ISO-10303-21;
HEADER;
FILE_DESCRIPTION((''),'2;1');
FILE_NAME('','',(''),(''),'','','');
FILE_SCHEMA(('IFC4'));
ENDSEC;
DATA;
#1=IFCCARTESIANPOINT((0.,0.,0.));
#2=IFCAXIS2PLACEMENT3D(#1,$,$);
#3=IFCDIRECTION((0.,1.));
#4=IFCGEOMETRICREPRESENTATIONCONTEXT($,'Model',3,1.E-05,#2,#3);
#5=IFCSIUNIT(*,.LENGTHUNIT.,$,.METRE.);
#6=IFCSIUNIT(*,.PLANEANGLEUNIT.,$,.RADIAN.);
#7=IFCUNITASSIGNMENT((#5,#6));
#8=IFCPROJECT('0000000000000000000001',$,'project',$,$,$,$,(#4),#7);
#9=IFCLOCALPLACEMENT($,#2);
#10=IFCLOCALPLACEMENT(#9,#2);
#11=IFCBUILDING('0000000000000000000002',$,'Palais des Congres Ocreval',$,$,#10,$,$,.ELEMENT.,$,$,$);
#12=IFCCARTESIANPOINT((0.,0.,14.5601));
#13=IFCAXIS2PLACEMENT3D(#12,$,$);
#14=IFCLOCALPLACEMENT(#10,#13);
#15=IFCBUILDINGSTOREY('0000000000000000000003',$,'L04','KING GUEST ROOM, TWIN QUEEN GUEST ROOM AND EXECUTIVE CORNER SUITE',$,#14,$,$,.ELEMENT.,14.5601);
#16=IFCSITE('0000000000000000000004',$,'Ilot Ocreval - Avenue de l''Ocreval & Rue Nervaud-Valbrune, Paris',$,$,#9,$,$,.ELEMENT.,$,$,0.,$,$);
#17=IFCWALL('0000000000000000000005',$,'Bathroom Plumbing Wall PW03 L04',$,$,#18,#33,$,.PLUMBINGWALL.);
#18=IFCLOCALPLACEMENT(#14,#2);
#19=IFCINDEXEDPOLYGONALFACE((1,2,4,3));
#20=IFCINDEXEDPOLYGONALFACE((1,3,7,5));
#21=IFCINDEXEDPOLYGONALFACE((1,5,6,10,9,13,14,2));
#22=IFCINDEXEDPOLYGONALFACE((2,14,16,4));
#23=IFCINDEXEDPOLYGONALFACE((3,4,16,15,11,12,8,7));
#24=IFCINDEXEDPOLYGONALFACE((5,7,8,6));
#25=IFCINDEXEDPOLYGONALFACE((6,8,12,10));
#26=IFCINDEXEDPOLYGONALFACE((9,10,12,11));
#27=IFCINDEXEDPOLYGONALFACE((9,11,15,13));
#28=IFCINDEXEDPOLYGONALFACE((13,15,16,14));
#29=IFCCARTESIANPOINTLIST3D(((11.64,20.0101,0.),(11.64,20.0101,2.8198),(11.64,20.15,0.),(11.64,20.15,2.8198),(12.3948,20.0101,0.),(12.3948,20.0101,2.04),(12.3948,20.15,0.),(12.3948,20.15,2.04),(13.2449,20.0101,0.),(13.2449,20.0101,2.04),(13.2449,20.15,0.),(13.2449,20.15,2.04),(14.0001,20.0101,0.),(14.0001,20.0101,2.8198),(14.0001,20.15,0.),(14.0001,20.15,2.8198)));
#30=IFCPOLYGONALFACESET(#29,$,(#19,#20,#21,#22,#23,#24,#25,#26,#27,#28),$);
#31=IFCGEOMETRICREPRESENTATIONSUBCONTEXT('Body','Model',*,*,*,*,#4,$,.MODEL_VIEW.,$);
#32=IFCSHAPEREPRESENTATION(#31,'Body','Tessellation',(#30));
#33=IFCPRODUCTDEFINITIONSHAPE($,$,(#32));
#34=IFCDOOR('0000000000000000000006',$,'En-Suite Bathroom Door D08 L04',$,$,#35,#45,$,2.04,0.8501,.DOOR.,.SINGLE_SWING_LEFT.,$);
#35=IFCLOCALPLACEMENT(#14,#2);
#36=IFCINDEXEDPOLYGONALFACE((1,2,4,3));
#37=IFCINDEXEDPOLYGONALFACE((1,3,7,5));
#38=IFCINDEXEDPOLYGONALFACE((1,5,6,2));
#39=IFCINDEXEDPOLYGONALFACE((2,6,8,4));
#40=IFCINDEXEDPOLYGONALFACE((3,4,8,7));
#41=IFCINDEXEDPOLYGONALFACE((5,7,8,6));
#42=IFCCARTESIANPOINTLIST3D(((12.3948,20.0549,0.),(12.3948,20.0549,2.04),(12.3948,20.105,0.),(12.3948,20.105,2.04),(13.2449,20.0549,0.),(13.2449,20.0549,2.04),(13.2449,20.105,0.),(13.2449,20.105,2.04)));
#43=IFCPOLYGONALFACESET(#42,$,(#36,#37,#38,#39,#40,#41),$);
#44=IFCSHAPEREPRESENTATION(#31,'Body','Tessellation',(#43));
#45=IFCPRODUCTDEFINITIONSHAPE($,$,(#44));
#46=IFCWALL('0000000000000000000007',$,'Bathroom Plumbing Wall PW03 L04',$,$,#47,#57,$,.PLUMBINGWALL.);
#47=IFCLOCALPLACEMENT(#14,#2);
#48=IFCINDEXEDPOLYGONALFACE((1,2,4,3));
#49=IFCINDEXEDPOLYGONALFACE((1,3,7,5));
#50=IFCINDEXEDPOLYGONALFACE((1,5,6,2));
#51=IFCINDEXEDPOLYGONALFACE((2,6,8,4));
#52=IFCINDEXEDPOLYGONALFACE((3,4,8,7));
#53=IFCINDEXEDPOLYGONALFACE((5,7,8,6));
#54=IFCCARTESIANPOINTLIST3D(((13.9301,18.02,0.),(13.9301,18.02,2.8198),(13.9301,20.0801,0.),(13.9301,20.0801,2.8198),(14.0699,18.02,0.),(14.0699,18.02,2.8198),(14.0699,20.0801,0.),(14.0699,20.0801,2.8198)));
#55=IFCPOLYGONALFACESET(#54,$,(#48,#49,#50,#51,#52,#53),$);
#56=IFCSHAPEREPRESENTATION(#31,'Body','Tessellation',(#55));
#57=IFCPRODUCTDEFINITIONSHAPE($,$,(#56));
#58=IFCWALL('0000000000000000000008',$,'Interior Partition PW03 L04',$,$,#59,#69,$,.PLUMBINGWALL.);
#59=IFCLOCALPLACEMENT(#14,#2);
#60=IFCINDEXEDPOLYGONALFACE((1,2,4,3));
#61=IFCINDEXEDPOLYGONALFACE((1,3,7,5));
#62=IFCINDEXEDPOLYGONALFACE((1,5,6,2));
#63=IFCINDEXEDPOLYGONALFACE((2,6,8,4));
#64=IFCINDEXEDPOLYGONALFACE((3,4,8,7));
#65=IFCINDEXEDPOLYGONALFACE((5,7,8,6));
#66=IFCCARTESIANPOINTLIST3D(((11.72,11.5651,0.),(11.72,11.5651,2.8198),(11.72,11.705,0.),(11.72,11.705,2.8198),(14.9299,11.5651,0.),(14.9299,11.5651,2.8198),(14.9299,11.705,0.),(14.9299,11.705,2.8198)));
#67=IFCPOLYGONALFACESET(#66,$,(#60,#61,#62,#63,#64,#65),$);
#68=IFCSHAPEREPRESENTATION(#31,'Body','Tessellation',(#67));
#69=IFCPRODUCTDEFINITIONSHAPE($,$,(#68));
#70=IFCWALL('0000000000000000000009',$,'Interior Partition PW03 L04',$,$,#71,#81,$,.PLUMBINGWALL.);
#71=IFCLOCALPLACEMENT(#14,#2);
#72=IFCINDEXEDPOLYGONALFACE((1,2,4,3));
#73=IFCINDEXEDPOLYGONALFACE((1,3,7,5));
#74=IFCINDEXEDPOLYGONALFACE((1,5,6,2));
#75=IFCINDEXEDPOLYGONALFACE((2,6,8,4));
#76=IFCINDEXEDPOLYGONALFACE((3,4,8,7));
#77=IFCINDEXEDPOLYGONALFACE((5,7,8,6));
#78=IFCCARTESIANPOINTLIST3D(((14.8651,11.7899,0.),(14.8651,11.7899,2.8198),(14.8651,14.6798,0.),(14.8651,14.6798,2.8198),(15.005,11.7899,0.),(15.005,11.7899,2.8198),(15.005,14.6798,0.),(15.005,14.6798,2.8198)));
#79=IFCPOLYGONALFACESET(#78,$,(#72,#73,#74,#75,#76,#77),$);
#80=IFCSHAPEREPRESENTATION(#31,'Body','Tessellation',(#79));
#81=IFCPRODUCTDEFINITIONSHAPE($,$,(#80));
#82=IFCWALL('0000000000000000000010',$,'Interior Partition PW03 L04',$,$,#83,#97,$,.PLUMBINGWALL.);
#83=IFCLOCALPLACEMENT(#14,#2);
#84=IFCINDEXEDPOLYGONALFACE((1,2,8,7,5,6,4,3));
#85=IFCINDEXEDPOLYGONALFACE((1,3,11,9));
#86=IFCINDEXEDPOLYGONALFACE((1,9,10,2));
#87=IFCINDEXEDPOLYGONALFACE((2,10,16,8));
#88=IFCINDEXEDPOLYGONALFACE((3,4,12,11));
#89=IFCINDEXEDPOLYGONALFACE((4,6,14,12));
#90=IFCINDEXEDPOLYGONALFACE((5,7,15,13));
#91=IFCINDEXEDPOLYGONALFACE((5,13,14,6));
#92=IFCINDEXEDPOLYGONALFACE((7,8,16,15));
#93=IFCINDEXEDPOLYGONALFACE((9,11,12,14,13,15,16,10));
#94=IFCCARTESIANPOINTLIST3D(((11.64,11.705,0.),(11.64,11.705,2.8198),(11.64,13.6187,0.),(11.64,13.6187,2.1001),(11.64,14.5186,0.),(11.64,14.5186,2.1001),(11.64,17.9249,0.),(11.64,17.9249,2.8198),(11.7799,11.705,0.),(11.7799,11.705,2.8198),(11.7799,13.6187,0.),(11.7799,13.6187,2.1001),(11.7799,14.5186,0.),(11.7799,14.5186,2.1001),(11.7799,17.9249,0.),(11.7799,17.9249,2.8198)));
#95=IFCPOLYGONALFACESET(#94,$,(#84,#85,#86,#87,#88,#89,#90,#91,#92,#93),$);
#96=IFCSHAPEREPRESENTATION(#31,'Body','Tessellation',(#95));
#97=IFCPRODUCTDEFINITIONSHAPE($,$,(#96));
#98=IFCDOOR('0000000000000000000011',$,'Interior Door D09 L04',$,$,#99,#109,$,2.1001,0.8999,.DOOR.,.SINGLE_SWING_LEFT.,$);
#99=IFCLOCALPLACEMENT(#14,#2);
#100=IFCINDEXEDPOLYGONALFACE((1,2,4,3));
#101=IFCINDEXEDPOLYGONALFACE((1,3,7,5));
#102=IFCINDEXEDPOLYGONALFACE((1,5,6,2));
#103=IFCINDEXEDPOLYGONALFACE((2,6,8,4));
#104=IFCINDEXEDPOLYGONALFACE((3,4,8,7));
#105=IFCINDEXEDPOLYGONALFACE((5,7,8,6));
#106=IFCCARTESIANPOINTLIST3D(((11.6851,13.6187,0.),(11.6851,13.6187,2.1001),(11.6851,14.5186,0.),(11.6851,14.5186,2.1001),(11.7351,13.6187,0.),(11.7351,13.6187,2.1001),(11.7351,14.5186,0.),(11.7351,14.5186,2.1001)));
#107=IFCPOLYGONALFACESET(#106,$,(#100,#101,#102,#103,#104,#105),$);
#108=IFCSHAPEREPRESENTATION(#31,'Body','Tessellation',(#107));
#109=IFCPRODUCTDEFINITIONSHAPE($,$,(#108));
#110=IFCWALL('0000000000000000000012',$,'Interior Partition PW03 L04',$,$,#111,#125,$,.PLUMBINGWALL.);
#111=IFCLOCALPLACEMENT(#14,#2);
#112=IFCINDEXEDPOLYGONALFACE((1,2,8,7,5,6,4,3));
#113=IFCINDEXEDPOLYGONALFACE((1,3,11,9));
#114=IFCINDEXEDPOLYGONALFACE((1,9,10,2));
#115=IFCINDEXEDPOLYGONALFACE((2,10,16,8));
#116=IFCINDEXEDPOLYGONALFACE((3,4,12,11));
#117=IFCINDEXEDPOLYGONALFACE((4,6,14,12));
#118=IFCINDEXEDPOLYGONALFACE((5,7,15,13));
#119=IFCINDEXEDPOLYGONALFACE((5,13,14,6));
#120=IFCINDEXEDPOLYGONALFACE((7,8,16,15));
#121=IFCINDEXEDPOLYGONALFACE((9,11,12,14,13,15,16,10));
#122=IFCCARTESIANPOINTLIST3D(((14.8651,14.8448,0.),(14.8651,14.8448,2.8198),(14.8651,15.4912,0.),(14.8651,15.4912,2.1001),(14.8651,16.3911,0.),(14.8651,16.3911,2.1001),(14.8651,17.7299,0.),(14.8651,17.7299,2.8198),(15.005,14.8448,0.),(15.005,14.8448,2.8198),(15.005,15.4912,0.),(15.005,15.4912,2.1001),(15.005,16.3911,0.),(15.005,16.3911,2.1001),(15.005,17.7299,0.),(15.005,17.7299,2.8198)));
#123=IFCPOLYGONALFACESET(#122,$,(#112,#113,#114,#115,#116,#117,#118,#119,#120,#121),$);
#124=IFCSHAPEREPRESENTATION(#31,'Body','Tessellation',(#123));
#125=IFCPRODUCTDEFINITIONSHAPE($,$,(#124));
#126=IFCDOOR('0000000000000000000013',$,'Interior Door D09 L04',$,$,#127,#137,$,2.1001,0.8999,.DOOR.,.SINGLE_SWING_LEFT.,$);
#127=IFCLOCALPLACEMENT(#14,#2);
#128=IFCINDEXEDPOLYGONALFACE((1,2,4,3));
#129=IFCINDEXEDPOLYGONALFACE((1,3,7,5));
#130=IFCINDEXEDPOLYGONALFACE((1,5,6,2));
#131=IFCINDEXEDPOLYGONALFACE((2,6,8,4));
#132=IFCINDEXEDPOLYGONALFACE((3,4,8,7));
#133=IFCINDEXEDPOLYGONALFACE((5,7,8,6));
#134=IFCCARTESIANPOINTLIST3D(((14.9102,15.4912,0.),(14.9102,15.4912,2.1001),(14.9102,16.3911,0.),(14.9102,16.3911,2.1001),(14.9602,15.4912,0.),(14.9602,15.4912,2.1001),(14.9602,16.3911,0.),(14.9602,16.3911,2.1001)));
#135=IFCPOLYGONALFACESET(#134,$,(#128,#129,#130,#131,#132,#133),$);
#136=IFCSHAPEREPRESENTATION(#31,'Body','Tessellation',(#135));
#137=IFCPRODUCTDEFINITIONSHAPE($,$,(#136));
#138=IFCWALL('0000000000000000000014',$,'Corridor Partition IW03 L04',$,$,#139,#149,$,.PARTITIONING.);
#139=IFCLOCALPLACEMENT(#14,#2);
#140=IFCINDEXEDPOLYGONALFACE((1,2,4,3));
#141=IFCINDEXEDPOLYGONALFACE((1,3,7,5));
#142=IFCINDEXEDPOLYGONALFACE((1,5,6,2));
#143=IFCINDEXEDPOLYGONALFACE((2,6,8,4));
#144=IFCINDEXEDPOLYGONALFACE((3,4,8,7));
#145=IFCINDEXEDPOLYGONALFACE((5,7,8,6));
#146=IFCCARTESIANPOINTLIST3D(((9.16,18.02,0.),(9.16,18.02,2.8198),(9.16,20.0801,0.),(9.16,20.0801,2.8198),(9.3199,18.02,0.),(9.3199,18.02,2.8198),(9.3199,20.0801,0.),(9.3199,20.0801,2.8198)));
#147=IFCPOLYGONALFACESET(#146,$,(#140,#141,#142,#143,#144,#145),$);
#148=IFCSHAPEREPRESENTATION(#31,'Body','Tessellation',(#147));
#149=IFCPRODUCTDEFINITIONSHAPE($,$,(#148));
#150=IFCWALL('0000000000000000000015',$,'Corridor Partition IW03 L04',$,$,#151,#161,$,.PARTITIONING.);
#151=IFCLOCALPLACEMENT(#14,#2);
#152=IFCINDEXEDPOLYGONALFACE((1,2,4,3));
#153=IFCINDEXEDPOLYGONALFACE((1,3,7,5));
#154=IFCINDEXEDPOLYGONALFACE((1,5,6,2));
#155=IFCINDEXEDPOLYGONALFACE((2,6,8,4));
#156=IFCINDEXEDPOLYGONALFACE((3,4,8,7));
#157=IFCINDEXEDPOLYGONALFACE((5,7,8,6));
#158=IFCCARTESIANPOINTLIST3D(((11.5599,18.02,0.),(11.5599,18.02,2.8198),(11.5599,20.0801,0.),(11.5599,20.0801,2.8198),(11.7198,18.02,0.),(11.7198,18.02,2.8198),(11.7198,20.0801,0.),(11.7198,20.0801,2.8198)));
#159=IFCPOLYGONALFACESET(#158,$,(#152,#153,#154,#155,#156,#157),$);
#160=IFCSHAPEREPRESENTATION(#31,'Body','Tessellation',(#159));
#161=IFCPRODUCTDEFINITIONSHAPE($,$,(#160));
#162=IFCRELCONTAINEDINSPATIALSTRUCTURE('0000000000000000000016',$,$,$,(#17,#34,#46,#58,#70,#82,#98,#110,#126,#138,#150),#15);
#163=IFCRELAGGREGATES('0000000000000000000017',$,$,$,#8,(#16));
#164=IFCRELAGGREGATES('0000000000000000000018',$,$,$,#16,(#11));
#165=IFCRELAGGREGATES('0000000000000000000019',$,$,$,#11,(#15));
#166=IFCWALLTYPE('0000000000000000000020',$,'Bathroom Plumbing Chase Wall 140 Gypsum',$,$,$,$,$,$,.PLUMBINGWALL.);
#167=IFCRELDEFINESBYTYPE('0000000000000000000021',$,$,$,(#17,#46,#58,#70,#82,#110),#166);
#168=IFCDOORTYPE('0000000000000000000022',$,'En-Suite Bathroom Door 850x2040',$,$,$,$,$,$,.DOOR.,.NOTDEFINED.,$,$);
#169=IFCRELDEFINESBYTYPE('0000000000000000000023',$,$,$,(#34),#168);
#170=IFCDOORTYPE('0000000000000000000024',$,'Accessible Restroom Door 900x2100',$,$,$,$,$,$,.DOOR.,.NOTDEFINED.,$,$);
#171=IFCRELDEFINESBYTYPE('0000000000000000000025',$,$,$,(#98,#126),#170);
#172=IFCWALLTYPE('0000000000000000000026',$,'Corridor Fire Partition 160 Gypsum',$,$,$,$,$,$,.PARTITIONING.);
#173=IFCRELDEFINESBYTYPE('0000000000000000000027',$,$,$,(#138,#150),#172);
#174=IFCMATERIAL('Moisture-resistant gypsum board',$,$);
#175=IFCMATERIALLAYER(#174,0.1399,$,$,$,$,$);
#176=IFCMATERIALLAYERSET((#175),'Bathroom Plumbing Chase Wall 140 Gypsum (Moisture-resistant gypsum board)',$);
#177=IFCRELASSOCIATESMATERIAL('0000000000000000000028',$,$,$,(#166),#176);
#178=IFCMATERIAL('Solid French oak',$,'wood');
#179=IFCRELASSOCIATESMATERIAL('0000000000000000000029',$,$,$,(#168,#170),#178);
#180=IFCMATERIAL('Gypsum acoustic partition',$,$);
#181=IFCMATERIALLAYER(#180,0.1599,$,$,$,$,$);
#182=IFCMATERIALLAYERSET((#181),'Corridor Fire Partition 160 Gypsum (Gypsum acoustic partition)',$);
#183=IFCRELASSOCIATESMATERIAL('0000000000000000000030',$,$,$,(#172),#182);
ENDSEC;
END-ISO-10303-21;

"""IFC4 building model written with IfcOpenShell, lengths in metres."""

from ifc_helpers import new_model, si_unit, direction, frame, frame_2d, origin, place, context, subcontext, project, spatial, rectangle, extrude, material, layer, layer_set, type_object, element, fill, save


model = new_model("IFC4")

# Units and contexts
model_context = context("Model", 3, precision=1e-05, world=origin(), true_north=direction((0.0, 1.0)))
body_context = subcontext(model_context, "Body", "Model", "MODEL_VIEW")
ifc_project = project(units=[si_unit("LENGTHUNIT", "METRE"), si_unit("PLANEANGLEUNIT", "RADIAN")], contexts=[model_context])

# Site, building, storey
site_placement = place(None, origin())
site = spatial("IfcSite", under=ifc_project, at=site_placement, Name="Ilot Ocreval - Avenue de l'Ocreval & Rue Nervaud-Valbrune, Paris", CompositionType="ELEMENT", RefElevation=0.0)
building_placement = place(site_placement, origin())
building = spatial("IfcBuilding", under=site, at=building_placement, Name="Palais des Congres Ocreval", CompositionType="ELEMENT")
storey_placement = place(building_placement, frame((0.0, 0.0, 14.5601)))
storey = spatial("IfcBuildingStorey", under=building, at=storey_placement, Name="L04", Description="KING GUEST ROOM, TWIN QUEEN GUEST ROOM AND EXECUTIVE CORNER SUITE", CompositionType="ELEMENT", Elevation=14.5601)

# Wall, opening, door
ifc_material_1 = material(Name="Moisture-resistant gypsum board")
ifc_layer_1 = layer(ifc_material_1, 0.1399)
ifc_layer_set_1 = layer_set([ifc_layer_1], Name="Bathroom Plumbing Chase Wall 140 Gypsum (Moisture-resistant gypsum board)")
wall_type_1 = type_object("IfcWallType", Name="Bathroom Plumbing Chase Wall 140 Gypsum", PredefinedType="PLUMBINGWALL", material=ifc_layer_set_1)
wall_1_placement = place(storey_placement, frame((11.6399, 20.0801, 0.0), z_axis=(0.0, 0.0, 1.0), x_axis=(1.0, 0.0, 0.0)))
wall_1 = element("IfcWall", 1, at=wall_1_placement, inside=storey, type_object=wall_type_1, Name="Bathroom Plumbing Wall PW03 L04", PredefinedType="PLUMBINGWALL", context=body_context, shape_type="SweptSolid", body=[
    extrude(rectangle(XDim=2.3601, YDim=0.1399, at=frame_2d((1.1802, 0.0))), origin(), (0.0, 0.0, 1.0), 2.8198),
])
opening_1_placement = place(wall_1_placement, frame((0.7549, 0.0, 0.0)))
opening_1 = element("IfcOpeningElement", 2, at=opening_1_placement, cuts=wall_1, PredefinedType="OPENING", context=body_context, shape_type="SweptSolid", body=[
    extrude(rectangle(XDim=0.8501, YDim=2.04, at=frame_2d((0.425, 1.02))), frame((0.0, 0.0798, 0.0), z_axis=(0.0, -1.0, 0.0), x_axis=(1.0, 0.0, 0.0)), (0.0, 0.0, 1.0), 0.1599),
])
ifc_material_2 = material(Name="Solid French oak", Category="wood")
door_type_1 = type_object("IfcDoorType", Name="En-Suite Bathroom Door 850x2040", OperationType="NOTDEFINED", PredefinedType="DOOR", material=ifc_material_2)
door_1_placement = place(opening_1_placement, origin())
door_1 = element("IfcDoor", 3, at=door_1_placement, inside=storey, type_object=door_type_1, Name="En-Suite Bathroom Door D08 L04", OperationType="SINGLE_SWING_LEFT", OverallHeight=2.04, OverallWidth=0.8501, PredefinedType="DOOR", context=body_context, shape_type="SweptSolid", body=[
    extrude(rectangle(XDim=0.8501, YDim=2.04, at=frame_2d((0.425, 1.02))), frame((0.0, 0.0249, 0.0), z_axis=(0.0, -1.0, 0.0), x_axis=(1.0, 0.0, 0.0)), (0.0, 0.0, 1.0), 0.05),
])
fill(opening_1, door_1)

# Walls
wall_2_placement = place(storey_placement, frame((14.0, 18.02, 0.0), z_axis=(0.0, 0.0, 1.0), x_axis=(0.0, 1.0, 0.0)))
element("IfcWall", 4, at=wall_2_placement, inside=storey, type_object=wall_type_1, Name="Bathroom Plumbing Wall PW03 L04", PredefinedType="PLUMBINGWALL", context=body_context, shape_type="SweptSolid", body=[
    extrude(rectangle(XDim=2.0601, YDim=0.1399, at=frame_2d((1.03, 0.0))), origin(), (0.0, 0.0, 1.0), 2.8198),
])
wall_3_placement = place(storey_placement, frame((11.72, 11.635, 0.0), z_axis=(0.0, 0.0, 1.0), x_axis=(1.0, 0.0, 0.0)))
element("IfcWall", 5, at=wall_3_placement, inside=storey, type_object=wall_type_1, Name="Interior Partition PW03 L04", PredefinedType="PLUMBINGWALL", context=body_context, shape_type="SweptSolid", body=[
    extrude(rectangle(XDim=3.21, YDim=0.1399, at=frame_2d((1.605, 0.0))), origin(), (0.0, 0.0, 1.0), 2.8198),
])
wall_4_placement = place(storey_placement, frame((14.9351, 11.79, 0.0), z_axis=(0.0, 0.0, 1.0), x_axis=(0.0, 1.0, 0.0)))
element("IfcWall", 6, at=wall_4_placement, inside=storey, type_object=wall_type_1, Name="Interior Partition PW03 L04", PredefinedType="PLUMBINGWALL", context=body_context, shape_type="SweptSolid", body=[
    extrude(rectangle(XDim=2.8899, YDim=0.1399, at=frame_2d((1.4448, 0.0))), origin(), (0.0, 0.0, 1.0), 2.8198),
])

# Walls, openings, doors
wall_5_placement = place(storey_placement, frame((11.71, 11.7051, 0.0), z_axis=(0.0, 0.0, 1.0), x_axis=(0.0, 1.0, 0.0)))
wall_5 = element("IfcWall", 7, at=wall_5_placement, inside=storey, type_object=wall_type_1, Name="Interior Partition PW03 L04", PredefinedType="PLUMBINGWALL", context=body_context, shape_type="SweptSolid", body=[
    extrude(rectangle(XDim=6.22, YDim=0.1399, at=frame_2d((3.1099, 0.0))), origin(), (0.0, 0.0, 1.0), 2.8198),
])
opening_2_placement = place(wall_5_placement, frame((1.9136, 0.0, 0.0)))
opening_2 = element("IfcOpeningElement", 8, at=opening_2_placement, cuts=wall_5, PredefinedType="OPENING", context=body_context, shape_type="SweptSolid", body=[
    extrude(rectangle(XDim=0.8999, YDim=2.1001, at=frame_2d((0.45, 1.05))), frame((0.0, 0.0798, 0.0), z_axis=(0.0, -1.0, 0.0), x_axis=(1.0, 0.0, 0.0)), (0.0, 0.0, 1.0), 0.1599),
])
door_type_2 = type_object("IfcDoorType", Name="Accessible Restroom Door 900x2100", OperationType="NOTDEFINED", PredefinedType="DOOR", material=ifc_material_2)
door_2_placement = place(opening_2_placement, origin())
door_2 = element("IfcDoor", 9, at=door_2_placement, inside=storey, type_object=door_type_2, Name="Interior Door D09 L04", OperationType="SINGLE_SWING_LEFT", OverallHeight=2.1001, OverallWidth=0.8999, PredefinedType="DOOR", context=body_context, shape_type="SweptSolid", body=[
    extrude(rectangle(XDim=0.8999, YDim=2.1001, at=frame_2d((0.45, 1.05))), frame((0.0, 0.0249, 0.0), z_axis=(0.0, -1.0, 0.0), x_axis=(1.0, 0.0, 0.0)), (0.0, 0.0, 1.0), 0.05),
])
fill(opening_2, door_2)
wall_6_placement = place(storey_placement, frame((14.9351, 14.845, 0.0), z_axis=(0.0, 0.0, 1.0), x_axis=(0.0, 1.0, 0.0)))
wall_6 = element("IfcWall", 10, at=wall_6_placement, inside=storey, type_object=wall_type_1, Name="Interior Partition PW03 L04", PredefinedType="PLUMBINGWALL", context=body_context, shape_type="SweptSolid", body=[
    extrude(rectangle(XDim=2.885, YDim=0.1399, at=frame_2d((1.4424, 0.0))), origin(), (0.0, 0.0, 1.0), 2.8198),
])
opening_3_placement = place(wall_6_placement, frame((0.6462, 0.0, 0.0)))
opening_3 = element("IfcOpeningElement", 11, at=opening_3_placement, cuts=wall_6, PredefinedType="OPENING", context=body_context, shape_type="SweptSolid", body=[
    extrude(rectangle(XDim=0.8999, YDim=2.1001, at=frame_2d((0.45, 1.05))), frame((0.0, 0.0798, 0.0), z_axis=(0.0, -1.0, 0.0), x_axis=(1.0, 0.0, 0.0)), (0.0, 0.0, 1.0), 0.1599),
])
door_3_placement = place(opening_3_placement, origin())
door_3 = element("IfcDoor", 12, at=door_3_placement, inside=storey, type_object=door_type_2, Name="Interior Door D09 L04", OperationType="SINGLE_SWING_LEFT", OverallHeight=2.1001, OverallWidth=0.8999, PredefinedType="DOOR", context=body_context, shape_type="SweptSolid", body=[
    extrude(rectangle(XDim=0.8999, YDim=2.1001, at=frame_2d((0.45, 1.05))), frame((0.0, 0.0249, 0.0), z_axis=(0.0, -1.0, 0.0), x_axis=(1.0, 0.0, 0.0)), (0.0, 0.0, 1.0), 0.05),
])
fill(opening_3, door_3)

# Walls
ifc_material_3 = material(Name="Gypsum acoustic partition")
ifc_layer_2 = layer(ifc_material_3, 0.1599)
ifc_layer_set_2 = layer_set([ifc_layer_2], Name="Corridor Fire Partition 160 Gypsum (Gypsum acoustic partition)")
wall_type_2 = type_object("IfcWallType", Name="Corridor Fire Partition 160 Gypsum", PredefinedType="PARTITIONING", material=ifc_layer_set_2)
for number, where, z_axis, x_axis, name in (
    (13, (9.24, 18.02, 0.0), (0.0, 0.0, 1.0), (0.0, 1.0, 0.0), "Corridor Partition IW03 L04"),
    (14, (11.6399, 18.02, 0.0), (0.0, 0.0, 1.0), (0.0, 1.0, 0.0), "Corridor Partition IW03 L04"),
):
    element("IfcWall", number, at=place(storey_placement, frame(where, z_axis=z_axis, x_axis=x_axis)), inside=storey, type_object=wall_type_2, Name=name, PredefinedType="PARTITIONING", context=body_context, shape_type="SweptSolid", body=[
        extrude(rectangle(XDim=2.0601, YDim=0.1599, at=frame_2d((1.03, 0.0))), origin(), (0.0, 0.0, 1.0), 2.8198),
    ])

save(model, "model.ifc")
